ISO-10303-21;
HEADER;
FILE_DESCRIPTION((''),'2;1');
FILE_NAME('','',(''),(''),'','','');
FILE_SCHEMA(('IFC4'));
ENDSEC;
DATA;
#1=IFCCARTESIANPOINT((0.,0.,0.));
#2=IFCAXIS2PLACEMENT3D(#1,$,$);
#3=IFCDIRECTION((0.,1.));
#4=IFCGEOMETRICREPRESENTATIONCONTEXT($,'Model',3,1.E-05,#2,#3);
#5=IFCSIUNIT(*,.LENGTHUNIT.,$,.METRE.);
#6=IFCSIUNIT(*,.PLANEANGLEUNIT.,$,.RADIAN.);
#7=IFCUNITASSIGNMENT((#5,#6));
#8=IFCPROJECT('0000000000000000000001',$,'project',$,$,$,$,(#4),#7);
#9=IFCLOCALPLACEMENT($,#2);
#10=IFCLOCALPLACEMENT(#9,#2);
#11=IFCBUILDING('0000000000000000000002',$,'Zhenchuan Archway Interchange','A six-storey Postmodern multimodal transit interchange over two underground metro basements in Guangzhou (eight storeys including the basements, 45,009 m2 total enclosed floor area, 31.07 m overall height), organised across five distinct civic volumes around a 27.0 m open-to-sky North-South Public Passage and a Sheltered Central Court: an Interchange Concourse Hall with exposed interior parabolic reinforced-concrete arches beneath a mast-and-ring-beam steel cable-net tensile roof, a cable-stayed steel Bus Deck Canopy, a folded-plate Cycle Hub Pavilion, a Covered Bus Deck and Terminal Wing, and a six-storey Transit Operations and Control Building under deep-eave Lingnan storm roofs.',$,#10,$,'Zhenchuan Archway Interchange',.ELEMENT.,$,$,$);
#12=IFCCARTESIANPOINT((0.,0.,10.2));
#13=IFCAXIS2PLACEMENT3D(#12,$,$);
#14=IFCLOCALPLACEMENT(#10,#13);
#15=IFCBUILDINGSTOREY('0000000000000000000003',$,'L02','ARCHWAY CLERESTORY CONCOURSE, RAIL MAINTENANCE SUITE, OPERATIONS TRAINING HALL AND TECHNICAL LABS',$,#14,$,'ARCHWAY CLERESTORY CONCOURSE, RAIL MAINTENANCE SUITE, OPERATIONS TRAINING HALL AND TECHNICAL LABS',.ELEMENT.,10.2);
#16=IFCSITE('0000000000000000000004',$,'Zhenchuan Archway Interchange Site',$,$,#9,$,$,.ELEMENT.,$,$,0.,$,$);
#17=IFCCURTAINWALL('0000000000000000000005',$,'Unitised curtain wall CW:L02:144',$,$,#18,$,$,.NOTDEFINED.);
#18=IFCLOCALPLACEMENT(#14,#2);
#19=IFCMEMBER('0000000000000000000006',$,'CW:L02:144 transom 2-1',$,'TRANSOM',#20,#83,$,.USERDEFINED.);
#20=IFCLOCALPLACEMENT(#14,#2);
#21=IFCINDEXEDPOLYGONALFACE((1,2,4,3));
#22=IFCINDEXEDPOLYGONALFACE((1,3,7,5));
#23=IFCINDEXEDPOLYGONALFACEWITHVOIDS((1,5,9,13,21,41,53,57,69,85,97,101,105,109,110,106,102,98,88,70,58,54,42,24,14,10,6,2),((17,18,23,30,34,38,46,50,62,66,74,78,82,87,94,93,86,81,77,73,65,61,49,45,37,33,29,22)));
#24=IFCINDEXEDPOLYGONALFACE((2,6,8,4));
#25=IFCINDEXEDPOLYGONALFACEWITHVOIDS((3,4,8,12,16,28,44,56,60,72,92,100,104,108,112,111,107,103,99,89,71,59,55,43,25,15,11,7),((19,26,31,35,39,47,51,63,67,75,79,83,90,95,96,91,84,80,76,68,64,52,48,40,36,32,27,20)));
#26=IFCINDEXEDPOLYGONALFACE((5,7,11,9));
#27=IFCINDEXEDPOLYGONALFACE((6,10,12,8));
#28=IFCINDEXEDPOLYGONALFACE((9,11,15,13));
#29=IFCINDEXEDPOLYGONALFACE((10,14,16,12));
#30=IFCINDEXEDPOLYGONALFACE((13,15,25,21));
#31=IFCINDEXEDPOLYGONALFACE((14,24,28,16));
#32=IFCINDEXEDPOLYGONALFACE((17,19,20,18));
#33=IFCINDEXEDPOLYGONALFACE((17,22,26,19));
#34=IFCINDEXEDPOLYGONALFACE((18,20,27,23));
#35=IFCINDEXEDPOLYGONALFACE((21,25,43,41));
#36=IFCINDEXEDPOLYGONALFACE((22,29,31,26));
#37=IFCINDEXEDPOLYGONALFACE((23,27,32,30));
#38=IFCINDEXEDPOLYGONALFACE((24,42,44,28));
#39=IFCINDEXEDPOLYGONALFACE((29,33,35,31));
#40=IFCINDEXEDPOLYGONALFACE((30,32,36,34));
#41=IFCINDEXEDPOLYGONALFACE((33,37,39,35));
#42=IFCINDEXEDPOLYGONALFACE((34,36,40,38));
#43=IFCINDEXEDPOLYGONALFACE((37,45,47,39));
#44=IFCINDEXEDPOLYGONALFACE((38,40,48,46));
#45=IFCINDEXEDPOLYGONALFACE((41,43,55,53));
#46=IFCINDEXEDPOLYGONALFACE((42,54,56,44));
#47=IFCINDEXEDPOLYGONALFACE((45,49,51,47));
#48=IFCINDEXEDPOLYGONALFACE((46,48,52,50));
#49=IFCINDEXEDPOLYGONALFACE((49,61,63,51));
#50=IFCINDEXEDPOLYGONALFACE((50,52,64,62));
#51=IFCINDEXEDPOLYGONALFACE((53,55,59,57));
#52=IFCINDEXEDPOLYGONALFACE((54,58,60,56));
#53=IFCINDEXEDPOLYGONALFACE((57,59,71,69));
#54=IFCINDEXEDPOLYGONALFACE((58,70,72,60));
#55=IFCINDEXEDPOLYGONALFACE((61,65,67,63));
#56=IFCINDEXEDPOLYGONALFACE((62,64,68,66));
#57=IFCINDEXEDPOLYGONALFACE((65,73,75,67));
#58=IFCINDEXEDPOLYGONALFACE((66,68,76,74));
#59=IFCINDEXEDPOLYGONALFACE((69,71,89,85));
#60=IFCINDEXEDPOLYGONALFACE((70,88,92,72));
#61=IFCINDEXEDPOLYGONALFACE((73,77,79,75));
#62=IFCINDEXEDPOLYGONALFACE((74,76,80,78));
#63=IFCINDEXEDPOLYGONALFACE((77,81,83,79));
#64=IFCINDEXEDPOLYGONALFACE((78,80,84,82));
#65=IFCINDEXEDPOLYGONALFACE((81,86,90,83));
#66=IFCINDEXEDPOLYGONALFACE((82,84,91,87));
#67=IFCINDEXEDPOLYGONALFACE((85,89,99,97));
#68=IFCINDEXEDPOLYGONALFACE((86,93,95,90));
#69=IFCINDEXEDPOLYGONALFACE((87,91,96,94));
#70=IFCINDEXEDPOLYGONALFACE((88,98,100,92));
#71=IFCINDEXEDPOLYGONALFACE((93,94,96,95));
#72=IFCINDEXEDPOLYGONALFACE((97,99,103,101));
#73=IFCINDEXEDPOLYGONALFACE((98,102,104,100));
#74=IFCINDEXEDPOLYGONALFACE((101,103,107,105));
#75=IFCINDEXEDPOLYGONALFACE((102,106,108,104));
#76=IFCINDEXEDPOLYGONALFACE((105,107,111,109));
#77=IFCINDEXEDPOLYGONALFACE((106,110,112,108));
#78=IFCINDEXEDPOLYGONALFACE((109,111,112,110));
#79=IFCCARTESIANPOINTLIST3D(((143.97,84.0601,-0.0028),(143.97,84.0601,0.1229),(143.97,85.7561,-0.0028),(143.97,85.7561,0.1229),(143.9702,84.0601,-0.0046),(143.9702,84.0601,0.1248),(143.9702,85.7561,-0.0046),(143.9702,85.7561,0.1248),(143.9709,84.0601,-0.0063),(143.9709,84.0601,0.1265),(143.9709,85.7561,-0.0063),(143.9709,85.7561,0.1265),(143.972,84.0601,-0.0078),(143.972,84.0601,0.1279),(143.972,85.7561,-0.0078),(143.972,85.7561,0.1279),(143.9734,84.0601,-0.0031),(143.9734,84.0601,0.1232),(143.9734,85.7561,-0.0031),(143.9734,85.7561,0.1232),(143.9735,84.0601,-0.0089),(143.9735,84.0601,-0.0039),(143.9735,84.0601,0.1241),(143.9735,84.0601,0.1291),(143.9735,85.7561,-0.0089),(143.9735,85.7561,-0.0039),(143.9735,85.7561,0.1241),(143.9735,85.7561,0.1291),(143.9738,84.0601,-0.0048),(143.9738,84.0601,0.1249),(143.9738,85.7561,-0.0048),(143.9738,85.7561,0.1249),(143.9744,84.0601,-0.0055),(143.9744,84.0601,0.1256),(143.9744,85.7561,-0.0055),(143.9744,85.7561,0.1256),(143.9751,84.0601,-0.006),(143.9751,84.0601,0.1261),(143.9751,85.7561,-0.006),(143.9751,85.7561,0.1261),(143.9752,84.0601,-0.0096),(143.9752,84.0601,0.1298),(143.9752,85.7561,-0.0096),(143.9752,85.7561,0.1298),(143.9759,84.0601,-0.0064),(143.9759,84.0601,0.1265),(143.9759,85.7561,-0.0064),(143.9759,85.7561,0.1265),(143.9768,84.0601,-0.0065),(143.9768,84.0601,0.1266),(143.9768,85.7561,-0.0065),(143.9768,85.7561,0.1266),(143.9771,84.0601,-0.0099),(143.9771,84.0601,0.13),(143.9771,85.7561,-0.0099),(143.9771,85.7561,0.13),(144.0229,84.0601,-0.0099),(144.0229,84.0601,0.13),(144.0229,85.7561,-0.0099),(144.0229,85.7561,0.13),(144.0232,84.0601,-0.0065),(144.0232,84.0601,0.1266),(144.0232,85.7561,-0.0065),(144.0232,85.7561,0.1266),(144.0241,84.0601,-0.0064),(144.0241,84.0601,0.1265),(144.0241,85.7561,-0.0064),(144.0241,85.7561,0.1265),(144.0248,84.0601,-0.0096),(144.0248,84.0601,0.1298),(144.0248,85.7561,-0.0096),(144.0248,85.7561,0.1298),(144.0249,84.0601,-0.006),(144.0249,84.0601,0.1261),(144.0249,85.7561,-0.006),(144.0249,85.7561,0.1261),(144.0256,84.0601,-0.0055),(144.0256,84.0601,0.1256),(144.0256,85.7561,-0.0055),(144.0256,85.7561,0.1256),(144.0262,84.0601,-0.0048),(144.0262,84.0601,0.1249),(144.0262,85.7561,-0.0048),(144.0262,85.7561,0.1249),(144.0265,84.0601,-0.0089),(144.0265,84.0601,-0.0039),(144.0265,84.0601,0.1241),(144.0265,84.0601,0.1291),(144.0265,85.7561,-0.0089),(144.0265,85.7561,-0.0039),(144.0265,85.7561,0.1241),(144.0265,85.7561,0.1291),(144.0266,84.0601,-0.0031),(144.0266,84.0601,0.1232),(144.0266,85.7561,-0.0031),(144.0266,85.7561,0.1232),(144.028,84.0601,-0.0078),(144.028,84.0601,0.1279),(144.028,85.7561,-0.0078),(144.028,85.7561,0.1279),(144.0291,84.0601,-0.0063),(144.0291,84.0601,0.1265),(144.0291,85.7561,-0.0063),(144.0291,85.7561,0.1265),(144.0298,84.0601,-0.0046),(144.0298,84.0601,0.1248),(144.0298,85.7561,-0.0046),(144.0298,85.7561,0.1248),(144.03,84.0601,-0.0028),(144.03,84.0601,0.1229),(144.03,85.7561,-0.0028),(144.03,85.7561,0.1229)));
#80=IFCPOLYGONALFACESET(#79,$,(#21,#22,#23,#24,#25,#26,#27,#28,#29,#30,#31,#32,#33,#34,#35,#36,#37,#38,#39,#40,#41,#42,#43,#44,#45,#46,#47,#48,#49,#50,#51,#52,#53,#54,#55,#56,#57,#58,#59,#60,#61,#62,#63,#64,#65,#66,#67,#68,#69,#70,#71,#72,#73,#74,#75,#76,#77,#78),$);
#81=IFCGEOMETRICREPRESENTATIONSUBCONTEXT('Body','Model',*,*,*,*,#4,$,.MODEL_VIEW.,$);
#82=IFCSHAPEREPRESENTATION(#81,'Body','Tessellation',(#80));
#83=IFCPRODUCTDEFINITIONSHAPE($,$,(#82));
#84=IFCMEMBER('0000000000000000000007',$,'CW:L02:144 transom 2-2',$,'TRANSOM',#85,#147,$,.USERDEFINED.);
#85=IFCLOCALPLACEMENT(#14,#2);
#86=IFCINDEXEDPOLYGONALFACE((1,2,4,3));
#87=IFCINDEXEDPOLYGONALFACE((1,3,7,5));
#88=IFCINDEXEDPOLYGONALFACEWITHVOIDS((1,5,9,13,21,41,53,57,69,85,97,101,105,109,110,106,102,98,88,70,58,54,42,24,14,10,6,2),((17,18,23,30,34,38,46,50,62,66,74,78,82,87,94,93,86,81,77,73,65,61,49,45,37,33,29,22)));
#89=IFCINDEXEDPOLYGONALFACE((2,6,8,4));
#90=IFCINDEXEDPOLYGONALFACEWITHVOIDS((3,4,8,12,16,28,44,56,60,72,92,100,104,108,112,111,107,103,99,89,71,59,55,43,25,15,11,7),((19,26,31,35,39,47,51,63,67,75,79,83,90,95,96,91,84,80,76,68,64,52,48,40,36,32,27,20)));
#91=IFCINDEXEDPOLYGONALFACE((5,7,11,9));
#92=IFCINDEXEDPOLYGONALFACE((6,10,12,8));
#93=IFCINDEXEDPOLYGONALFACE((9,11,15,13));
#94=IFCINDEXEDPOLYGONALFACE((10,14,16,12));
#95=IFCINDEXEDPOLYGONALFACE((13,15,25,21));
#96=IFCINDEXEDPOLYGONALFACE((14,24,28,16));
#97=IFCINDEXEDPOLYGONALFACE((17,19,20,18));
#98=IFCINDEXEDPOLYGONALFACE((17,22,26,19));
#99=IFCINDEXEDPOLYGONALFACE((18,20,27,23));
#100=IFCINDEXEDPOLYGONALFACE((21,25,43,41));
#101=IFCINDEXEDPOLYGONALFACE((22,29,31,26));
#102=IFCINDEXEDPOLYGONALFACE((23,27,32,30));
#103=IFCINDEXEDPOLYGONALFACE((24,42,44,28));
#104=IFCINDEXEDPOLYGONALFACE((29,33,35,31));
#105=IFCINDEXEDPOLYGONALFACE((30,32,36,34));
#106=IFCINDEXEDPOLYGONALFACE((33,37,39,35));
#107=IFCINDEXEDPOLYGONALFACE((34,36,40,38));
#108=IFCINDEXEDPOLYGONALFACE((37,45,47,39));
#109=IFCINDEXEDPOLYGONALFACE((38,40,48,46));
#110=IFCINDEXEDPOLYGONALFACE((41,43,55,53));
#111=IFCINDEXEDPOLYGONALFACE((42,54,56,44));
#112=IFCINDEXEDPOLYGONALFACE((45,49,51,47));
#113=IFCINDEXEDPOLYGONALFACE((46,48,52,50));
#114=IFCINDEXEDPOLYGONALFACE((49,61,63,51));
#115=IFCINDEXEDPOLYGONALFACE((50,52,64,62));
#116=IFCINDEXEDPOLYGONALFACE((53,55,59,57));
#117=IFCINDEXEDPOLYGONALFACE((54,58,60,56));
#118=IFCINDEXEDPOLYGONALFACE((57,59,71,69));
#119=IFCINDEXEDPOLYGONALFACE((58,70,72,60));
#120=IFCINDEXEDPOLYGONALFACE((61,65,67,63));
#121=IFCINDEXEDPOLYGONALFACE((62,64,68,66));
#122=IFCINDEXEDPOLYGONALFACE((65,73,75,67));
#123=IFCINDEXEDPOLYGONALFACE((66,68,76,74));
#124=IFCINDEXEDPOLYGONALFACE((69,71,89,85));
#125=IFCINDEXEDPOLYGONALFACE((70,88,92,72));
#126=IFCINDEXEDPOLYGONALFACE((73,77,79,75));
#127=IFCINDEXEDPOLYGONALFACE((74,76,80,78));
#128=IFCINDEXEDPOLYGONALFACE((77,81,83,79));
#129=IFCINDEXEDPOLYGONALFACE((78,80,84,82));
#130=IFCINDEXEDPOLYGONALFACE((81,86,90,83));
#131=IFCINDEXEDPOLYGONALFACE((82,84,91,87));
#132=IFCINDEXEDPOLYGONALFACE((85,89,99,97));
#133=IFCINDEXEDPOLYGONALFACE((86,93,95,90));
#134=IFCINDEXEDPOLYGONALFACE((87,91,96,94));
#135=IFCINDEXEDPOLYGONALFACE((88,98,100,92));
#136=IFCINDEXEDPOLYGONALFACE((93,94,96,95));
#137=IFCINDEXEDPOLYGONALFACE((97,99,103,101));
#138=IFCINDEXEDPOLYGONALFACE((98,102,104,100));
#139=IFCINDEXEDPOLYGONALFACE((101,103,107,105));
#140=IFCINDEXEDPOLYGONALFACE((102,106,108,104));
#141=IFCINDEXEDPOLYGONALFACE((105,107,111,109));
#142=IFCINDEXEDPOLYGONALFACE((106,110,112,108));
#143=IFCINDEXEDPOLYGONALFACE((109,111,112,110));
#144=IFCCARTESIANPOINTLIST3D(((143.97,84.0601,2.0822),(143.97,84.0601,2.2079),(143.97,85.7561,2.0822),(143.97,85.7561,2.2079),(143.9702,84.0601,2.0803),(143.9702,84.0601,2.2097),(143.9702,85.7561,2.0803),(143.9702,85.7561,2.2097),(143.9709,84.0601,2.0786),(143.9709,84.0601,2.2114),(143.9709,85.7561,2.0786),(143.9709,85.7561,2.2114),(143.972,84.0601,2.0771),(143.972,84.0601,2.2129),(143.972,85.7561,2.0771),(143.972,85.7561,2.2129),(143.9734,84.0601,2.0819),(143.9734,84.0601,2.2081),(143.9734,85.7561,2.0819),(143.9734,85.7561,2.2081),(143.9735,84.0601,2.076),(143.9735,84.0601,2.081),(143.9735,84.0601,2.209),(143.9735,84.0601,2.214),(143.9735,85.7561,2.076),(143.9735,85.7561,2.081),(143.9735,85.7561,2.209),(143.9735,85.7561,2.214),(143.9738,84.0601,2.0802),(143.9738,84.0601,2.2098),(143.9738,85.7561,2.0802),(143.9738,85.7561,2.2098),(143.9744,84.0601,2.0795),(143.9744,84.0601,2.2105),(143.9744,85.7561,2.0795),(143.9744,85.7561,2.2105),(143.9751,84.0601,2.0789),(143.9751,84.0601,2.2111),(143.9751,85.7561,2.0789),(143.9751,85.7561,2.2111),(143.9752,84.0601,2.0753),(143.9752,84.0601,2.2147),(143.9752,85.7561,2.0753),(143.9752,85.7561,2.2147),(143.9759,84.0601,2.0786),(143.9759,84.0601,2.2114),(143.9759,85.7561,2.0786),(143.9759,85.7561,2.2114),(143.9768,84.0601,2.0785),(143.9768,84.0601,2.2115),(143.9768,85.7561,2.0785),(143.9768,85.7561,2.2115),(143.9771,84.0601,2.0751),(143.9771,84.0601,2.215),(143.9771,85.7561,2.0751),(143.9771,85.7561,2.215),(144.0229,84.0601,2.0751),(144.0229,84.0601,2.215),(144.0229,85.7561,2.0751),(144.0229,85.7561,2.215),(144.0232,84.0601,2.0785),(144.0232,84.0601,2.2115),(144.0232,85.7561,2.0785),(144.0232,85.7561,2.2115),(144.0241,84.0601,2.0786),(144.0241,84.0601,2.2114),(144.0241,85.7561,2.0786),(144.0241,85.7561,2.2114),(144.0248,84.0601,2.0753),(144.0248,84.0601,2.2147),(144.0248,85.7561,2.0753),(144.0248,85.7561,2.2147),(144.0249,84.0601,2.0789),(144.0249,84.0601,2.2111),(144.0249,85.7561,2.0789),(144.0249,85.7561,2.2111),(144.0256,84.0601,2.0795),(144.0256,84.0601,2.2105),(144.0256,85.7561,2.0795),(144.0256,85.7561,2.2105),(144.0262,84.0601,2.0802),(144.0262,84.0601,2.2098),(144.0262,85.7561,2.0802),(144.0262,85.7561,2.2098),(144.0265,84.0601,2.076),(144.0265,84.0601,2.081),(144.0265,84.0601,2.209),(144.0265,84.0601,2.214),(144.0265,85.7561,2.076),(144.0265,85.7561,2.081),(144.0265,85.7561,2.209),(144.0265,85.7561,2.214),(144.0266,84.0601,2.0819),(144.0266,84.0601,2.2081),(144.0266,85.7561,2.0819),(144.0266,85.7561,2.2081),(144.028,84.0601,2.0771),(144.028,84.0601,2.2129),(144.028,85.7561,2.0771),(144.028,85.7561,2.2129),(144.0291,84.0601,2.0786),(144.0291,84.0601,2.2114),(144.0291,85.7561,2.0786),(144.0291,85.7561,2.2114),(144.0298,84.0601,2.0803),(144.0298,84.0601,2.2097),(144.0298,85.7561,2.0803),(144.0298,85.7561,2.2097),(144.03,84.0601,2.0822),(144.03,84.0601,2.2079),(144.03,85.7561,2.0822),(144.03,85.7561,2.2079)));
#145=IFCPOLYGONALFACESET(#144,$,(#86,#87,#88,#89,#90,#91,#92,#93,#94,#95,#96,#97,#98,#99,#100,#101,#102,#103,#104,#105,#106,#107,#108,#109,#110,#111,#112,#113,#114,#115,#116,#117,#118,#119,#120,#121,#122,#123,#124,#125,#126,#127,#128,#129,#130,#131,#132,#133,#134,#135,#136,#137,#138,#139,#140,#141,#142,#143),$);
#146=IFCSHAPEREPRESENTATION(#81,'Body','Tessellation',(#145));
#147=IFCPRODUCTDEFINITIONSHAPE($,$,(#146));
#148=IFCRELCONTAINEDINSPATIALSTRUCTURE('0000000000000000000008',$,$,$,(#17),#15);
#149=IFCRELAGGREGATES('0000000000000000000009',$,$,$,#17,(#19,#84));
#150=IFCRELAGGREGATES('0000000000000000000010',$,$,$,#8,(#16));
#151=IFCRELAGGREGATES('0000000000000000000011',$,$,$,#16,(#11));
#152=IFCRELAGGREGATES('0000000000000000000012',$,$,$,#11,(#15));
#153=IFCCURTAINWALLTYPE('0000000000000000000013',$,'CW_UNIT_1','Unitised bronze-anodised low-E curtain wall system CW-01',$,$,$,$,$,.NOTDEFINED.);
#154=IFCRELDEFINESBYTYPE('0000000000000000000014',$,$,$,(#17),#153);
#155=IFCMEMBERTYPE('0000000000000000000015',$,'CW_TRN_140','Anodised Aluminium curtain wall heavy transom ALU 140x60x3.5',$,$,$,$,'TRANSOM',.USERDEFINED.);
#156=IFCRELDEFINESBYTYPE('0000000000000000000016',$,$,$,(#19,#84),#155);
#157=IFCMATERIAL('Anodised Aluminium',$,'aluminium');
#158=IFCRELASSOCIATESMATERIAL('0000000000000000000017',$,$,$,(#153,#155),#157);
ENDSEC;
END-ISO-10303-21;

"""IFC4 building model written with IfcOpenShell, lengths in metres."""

from ifc_helpers import new_model, si_unit, direction, frame, origin, origin_2d, place, context, subcontext, project, spatial, hollow_rectangle, extrude, material, material_profile, profile_set, type_object, element, aggregate, save


model = new_model("IFC4")

# Units and contexts
model_context = context("Model", 3, precision=1e-05, world=origin(), true_north=direction((0.0, 1.0)))
body_context = subcontext(model_context, "Body", "Model", "MODEL_VIEW")
ifc_project = project(units=[si_unit("LENGTHUNIT", "METRE"), si_unit("PLANEANGLEUNIT", "RADIAN")], contexts=[model_context])

# Site, building, storey
site_placement = place(None, origin())
site = spatial("IfcSite", under=ifc_project, at=site_placement, Name="Zhenchuan Archway Interchange Site", CompositionType="ELEMENT", RefElevation=0.0)
building_placement = place(site_placement, origin())
building = spatial("IfcBuilding", under=site, at=building_placement, Name="Zhenchuan Archway Interchange", Description="A six-storey Postmodern multimodal transit interchange over two underground metro basements in Guangzhou (eight storeys including the basements, 45,009 m2 total enclosed floor area, 31.07 m overall height), organised across five distinct civic volumes around a 27.0 m open-to-sky North-South Public Passage and a Sheltered Central Court: an Interchange Concourse Hall with exposed interior parabolic reinforced-concrete arches beneath a mast-and-ring-beam steel cable-net tensile roof, a cable-stayed steel Bus Deck Canopy, a folded-plate Cycle Hub Pavilion, a Covered Bus Deck and Terminal Wing, and a six-storey Transit Operations and Control Building under deep-eave Lingnan storm roofs.", LongName="Zhenchuan Archway Interchange", CompositionType="ELEMENT")
storey_placement = place(building_placement, frame((0.0, 0.0, 10.2)))
storey = spatial("IfcBuildingStorey", under=building, at=storey_placement, Name="L02", Description="ARCHWAY CLERESTORY CONCOURSE, RAIL MAINTENANCE SUITE, OPERATIONS TRAINING HALL AND TECHNICAL LABS", LongName="ARCHWAY CLERESTORY CONCOURSE, RAIL MAINTENANCE SUITE, OPERATIONS TRAINING HALL AND TECHNICAL LABS", CompositionType="ELEMENT", Elevation=10.2)

# Curtain wall, members
ifc_material_1 = material(Name="Anodised Aluminium", Category="aluminium")
curtain_wall_type = type_object("IfcCurtainWallType", Name="CW_UNIT_1", Description="Unitised bronze-anodised low-E curtain wall system CW-01", PredefinedType="NOTDEFINED", material=ifc_material_1)
curtain_wall_placement = place(storey_placement, origin())
curtain_wall = element("IfcCurtainWall", 1, at=curtain_wall_placement, inside=storey, type_object=curtain_wall_type, Name="Unitised curtain wall CW:L02:144", PredefinedType="NOTDEFINED")
ifc_material_profile_1 = material_profile(ifc_material_1, hollow_rectangle(XDim=0.0601, YDim=0.1399, WallThickness=0.0034, InnerFilletRadius=0.0034, OuterFilletRadius=0.0071, at=origin_2d()), Name="ALU 140x60x3.5")
ifc_profile_set_1 = profile_set([ifc_material_profile_1], Name="Anodised Aluminium")
member_type_1 = type_object("IfcMemberType", Name="CW_TRN_140", Description="Anodised Aluminium curtain wall heavy transom ALU 140x60x3.5", ElementType="TRANSOM", PredefinedType="USERDEFINED", material=ifc_profile_set_1)
member_1_placement = place(storey_placement, frame((144.0, 84.0601, 0.0601), z_axis=(0.0, 1.0, 0.0), x_axis=(-1.0, 0.0, 0.0)))
member_1 = element("IfcMember", 2, at=member_1_placement, type_object=member_type_1, Name="CW:L02:144 transom 2-1", ObjectType="TRANSOM", PredefinedType="USERDEFINED", context=body_context, shape_type="SweptSolid", body=[
    extrude(hollow_rectangle(XDim=0.0601, YDim=0.1399, WallThickness=0.0034, InnerFilletRadius=0.0034, OuterFilletRadius=0.0071, at=origin_2d()), origin(), (0.0, 0.0, 1.0), 1.696),
])
member_2_placement = place(storey_placement, frame((144.0, 84.0601, 2.145), z_axis=(0.0, 1.0, 0.0), x_axis=(-1.0, 0.0, 0.0)))
member_2 = element("IfcMember", 3, at=member_2_placement, type_object=member_type_1, Name="CW:L02:144 transom 2-2", ObjectType="TRANSOM", PredefinedType="USERDEFINED", context=body_context, shape_type="SweptSolid", body=[
    extrude(hollow_rectangle(XDim=0.0601, YDim=0.1399, WallThickness=0.0034, InnerFilletRadius=0.0034, OuterFilletRadius=0.0071, at=origin_2d()), origin(), (0.0, 0.0, 1.0), 1.696),
])

aggregate(curtain_wall, [member_1, member_2])

save(model, "model.ifc")
